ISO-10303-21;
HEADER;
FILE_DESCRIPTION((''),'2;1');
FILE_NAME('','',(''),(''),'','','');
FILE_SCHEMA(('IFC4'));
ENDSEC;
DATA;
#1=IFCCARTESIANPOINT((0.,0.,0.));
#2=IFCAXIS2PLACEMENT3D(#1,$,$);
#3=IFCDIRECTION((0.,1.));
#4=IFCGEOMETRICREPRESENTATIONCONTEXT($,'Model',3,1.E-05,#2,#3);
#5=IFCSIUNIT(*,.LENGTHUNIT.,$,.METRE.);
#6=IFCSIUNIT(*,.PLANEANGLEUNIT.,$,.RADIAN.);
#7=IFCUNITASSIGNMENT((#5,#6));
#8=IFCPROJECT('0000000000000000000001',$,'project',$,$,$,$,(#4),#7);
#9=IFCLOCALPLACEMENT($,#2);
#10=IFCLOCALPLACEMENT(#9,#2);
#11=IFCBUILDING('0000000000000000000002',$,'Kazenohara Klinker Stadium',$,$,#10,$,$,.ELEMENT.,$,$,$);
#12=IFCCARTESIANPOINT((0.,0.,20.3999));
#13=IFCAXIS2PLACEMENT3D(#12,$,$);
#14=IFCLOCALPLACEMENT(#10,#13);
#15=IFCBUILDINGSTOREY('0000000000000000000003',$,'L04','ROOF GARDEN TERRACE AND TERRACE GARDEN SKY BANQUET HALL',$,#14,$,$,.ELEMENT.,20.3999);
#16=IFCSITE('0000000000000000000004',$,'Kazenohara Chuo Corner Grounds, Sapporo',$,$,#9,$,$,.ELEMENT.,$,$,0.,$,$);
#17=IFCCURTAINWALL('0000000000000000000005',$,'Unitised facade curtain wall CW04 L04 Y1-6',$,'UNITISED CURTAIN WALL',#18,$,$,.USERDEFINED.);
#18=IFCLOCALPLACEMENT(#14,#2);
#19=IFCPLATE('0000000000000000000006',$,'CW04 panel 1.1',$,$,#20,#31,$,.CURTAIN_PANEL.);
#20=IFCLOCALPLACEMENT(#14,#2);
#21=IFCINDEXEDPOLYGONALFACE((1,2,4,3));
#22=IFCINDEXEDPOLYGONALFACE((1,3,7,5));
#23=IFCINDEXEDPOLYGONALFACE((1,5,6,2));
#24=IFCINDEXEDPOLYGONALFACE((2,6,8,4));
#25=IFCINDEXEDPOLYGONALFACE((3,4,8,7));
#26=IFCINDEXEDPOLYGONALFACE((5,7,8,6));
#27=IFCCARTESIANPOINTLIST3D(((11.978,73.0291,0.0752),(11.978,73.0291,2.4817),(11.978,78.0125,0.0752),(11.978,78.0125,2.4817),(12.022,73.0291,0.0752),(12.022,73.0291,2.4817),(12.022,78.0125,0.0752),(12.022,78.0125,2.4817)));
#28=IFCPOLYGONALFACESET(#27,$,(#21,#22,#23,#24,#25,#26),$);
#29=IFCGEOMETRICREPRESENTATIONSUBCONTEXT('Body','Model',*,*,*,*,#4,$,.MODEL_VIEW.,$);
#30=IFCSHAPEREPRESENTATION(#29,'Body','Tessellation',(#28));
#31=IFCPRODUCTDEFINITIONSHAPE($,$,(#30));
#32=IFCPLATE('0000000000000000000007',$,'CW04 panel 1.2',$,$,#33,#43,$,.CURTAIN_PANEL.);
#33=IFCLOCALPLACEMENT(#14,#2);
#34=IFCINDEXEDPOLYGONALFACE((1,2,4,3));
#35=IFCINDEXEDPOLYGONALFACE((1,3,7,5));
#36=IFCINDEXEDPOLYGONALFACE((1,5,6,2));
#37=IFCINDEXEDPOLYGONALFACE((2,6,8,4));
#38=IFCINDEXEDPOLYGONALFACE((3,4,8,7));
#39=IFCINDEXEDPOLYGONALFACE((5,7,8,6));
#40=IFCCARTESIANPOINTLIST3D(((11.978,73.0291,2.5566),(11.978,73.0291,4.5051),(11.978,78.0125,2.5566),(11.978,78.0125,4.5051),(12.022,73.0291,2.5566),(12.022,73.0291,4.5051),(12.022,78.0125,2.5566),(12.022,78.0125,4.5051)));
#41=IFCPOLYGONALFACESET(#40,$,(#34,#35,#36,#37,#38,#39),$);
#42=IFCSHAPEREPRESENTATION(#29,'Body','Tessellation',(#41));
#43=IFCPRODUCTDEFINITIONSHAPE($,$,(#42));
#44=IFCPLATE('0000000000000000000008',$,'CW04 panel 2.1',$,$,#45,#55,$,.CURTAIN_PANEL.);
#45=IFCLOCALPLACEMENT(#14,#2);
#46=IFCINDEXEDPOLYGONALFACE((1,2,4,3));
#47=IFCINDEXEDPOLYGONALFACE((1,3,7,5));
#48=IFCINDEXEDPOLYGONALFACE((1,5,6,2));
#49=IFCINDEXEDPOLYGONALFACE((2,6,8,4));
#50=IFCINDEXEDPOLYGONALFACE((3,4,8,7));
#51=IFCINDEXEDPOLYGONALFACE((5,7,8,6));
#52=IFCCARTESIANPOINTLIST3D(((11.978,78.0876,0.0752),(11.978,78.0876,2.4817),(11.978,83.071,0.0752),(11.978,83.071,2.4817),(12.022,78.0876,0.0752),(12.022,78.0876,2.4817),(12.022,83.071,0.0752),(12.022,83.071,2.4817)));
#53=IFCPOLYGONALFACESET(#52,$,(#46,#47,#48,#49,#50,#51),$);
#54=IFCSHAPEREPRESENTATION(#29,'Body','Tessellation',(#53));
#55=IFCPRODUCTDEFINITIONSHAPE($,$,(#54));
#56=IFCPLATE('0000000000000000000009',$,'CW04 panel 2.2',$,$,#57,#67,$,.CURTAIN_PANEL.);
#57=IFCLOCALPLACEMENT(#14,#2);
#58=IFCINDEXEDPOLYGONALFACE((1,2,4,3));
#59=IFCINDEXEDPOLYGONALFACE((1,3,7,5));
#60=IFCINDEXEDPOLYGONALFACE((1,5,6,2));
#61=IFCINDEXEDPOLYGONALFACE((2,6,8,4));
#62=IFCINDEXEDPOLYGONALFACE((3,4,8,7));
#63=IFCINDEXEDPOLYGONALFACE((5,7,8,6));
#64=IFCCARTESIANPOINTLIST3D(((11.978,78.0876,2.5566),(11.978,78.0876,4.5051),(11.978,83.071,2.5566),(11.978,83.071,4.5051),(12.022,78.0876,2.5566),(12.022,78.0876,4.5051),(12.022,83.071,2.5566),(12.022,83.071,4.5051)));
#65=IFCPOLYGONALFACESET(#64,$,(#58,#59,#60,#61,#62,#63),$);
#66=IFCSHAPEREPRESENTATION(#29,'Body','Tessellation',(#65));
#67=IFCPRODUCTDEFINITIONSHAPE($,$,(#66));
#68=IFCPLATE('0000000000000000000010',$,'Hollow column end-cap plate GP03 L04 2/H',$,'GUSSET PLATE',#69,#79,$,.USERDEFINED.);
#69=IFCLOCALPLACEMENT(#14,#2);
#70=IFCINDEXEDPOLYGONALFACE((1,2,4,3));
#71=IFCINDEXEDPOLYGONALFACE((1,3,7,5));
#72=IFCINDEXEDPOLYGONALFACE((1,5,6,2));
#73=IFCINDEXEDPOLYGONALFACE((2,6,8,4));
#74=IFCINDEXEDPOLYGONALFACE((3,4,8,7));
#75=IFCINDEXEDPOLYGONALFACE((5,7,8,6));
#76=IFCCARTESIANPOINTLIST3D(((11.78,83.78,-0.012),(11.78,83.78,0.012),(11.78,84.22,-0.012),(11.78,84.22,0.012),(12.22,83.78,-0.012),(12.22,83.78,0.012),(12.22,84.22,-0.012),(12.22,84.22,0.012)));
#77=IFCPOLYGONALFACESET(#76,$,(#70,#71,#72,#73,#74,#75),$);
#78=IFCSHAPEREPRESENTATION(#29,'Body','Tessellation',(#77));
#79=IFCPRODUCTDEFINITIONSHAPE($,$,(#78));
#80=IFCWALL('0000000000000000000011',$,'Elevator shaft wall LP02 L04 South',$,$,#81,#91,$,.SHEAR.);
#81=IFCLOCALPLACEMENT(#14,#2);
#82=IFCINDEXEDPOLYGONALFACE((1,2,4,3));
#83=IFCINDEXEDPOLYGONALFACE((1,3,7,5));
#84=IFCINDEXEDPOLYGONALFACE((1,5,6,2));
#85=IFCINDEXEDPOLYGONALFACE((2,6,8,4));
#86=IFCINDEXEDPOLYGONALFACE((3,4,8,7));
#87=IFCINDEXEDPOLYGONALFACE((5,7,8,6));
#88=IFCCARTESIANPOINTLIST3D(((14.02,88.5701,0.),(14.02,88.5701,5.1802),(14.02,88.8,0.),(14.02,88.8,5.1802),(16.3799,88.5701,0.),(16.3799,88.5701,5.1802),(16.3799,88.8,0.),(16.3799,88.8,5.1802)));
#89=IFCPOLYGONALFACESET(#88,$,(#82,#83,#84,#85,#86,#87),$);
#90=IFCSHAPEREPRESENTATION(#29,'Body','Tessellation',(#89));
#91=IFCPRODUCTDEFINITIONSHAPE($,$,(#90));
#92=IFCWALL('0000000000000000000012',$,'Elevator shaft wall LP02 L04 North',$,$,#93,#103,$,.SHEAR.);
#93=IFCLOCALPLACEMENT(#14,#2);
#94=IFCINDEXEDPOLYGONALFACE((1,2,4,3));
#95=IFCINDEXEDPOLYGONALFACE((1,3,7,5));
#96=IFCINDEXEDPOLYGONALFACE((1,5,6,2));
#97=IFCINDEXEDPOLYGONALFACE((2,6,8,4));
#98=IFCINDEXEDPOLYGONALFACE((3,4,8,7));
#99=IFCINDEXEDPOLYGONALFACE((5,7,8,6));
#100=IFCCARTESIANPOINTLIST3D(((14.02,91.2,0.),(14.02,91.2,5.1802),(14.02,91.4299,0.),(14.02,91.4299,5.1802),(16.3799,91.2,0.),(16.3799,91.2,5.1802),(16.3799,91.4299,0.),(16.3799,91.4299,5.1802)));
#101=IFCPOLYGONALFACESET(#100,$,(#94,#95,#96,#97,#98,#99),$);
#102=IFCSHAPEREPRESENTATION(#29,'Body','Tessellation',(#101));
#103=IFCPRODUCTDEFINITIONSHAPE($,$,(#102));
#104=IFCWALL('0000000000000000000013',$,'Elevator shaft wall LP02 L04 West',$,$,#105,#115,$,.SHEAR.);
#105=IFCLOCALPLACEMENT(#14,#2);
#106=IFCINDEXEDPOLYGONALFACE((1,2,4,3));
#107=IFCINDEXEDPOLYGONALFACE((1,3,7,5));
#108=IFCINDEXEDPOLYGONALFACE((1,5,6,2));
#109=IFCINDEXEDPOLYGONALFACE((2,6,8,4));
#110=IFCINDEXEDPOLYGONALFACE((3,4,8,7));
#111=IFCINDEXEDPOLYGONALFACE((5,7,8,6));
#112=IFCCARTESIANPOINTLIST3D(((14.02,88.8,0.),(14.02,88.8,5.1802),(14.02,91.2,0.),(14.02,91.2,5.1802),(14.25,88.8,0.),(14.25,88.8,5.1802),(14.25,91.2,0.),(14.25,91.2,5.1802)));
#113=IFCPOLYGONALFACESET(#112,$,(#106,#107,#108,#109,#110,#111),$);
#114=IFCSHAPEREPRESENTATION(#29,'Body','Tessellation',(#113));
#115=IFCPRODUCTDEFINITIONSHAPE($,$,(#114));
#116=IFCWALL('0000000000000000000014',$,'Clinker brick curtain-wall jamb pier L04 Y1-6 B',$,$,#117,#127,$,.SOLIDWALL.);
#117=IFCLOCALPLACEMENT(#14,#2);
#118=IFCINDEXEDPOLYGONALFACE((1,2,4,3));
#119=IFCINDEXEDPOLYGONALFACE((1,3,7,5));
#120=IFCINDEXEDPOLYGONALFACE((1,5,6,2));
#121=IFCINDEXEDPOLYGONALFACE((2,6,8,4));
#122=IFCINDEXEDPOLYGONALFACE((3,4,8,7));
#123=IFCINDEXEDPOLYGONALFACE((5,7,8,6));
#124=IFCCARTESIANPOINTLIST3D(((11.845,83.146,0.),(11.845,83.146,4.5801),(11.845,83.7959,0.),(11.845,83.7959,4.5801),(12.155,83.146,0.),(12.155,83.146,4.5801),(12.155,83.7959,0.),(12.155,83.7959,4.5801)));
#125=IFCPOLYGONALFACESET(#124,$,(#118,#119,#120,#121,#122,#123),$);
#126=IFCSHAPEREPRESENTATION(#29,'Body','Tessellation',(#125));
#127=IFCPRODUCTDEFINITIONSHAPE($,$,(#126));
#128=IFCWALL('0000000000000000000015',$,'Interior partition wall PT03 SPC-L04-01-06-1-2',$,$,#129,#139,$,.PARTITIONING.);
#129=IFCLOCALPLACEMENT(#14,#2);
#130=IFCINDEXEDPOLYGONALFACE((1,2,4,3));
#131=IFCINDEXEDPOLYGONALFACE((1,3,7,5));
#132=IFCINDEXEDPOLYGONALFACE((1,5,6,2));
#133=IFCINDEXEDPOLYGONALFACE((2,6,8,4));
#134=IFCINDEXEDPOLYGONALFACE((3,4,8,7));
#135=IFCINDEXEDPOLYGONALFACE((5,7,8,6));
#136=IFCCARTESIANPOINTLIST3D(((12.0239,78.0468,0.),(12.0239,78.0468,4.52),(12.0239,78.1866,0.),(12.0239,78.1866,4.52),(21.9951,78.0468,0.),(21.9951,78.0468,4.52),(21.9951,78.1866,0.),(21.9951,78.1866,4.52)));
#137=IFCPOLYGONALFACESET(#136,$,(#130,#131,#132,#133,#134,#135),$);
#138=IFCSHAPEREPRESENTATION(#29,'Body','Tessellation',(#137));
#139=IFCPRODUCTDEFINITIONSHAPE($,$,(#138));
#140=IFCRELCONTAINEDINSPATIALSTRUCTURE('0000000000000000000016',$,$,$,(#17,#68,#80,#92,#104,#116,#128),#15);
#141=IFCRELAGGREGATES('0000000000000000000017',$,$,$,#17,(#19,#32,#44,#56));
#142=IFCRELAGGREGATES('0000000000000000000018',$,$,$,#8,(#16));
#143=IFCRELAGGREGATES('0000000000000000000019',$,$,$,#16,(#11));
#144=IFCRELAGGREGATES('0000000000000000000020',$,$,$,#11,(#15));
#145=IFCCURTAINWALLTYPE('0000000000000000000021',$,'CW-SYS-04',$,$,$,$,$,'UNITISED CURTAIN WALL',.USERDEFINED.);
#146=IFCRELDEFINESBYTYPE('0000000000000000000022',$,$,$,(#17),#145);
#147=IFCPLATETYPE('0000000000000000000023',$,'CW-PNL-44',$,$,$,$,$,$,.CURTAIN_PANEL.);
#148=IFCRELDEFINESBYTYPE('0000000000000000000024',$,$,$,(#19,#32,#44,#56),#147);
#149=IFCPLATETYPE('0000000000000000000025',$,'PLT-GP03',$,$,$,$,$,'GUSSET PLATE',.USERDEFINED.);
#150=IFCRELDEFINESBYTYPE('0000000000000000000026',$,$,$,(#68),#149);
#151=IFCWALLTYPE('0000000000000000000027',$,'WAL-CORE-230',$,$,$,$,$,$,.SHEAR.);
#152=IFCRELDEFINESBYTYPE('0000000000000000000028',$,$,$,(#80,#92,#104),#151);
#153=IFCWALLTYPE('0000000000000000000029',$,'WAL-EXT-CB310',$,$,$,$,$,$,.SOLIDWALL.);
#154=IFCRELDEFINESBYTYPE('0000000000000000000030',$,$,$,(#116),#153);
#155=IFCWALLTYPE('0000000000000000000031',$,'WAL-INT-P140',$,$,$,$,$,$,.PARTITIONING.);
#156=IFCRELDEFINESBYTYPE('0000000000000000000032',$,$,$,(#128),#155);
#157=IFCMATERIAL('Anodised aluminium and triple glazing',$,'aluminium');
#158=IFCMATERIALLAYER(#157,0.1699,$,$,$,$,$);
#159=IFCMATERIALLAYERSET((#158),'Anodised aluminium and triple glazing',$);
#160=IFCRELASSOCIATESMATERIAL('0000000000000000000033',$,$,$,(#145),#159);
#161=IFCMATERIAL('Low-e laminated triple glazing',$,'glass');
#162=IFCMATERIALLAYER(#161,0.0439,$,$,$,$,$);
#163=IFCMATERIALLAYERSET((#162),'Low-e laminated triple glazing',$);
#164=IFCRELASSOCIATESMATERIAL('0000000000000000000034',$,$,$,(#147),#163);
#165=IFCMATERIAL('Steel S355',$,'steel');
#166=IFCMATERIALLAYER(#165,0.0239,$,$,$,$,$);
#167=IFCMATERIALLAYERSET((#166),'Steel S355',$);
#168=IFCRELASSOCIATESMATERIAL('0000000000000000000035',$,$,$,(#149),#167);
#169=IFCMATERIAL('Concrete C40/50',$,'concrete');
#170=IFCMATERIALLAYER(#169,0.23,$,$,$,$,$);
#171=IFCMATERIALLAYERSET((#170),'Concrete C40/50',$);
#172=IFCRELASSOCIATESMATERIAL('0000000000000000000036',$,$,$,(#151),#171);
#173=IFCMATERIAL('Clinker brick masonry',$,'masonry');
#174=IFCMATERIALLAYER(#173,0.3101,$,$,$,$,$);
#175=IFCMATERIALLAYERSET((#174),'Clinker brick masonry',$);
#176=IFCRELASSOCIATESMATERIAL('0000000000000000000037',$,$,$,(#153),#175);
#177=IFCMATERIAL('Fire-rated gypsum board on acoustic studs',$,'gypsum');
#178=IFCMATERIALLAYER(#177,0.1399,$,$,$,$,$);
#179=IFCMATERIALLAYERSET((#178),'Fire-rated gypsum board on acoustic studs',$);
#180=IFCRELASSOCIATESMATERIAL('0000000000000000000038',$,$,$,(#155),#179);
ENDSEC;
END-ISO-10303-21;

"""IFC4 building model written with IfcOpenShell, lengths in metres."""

from ifc_helpers import new_model, si_unit, direction, frame, frame_2d, origin, origin_2d, place, context, subcontext, project, spatial, rectangle, extrude, material, layer, layer_set, type_object, element, aggregate, save


model = new_model("IFC4")

# Units and contexts
model_context = context("Model", 3, precision=1e-05, world=origin(), true_north=direction((0.0, 1.0)))
body_context = subcontext(model_context, "Body", "Model", "MODEL_VIEW")
ifc_project = project(units=[si_unit("LENGTHUNIT", "METRE"), si_unit("PLANEANGLEUNIT", "RADIAN")], contexts=[model_context])

# Site, building, storey
site_placement = place(None, origin())
site = spatial("IfcSite", under=ifc_project, at=site_placement, Name="Kazenohara Chuo Corner Grounds, Sapporo", CompositionType="ELEMENT", RefElevation=0.0)
building_placement = place(site_placement, origin())
building = spatial("IfcBuilding", under=site, at=building_placement, Name="Kazenohara Klinker Stadium", CompositionType="ELEMENT")
storey_placement = place(building_placement, frame((0.0, 0.0, 20.3999)))
storey = spatial("IfcBuildingStorey", under=building, at=storey_placement, Name="L04", Description="ROOF GARDEN TERRACE AND TERRACE GARDEN SKY BANQUET HALL", CompositionType="ELEMENT", Elevation=20.3999)

# Shared definitions
ifc_material_1 = material(Name="Steel S355", Category="steel")

# Curtain wall
ifc_material_2 = material(Name="Anodised aluminium and triple glazing", Category="aluminium")
ifc_layer_1 = layer(ifc_material_2, 0.1699)
ifc_layer_set_1 = layer_set([ifc_layer_1], Name="Anodised aluminium and triple glazing")
curtain_wall_type = type_object("IfcCurtainWallType", Name="CW-SYS-04", ElementType="UNITISED CURTAIN WALL", PredefinedType="USERDEFINED", material=ifc_layer_set_1)
curtain_wall_placement = place(storey_placement, origin())
curtain_wall = element("IfcCurtainWall", 1, at=curtain_wall_placement, inside=storey, type_object=curtain_wall_type, Name="Unitised facade curtain wall CW04 L04 Y1-6", ObjectType="UNITISED CURTAIN WALL", PredefinedType="USERDEFINED")

# Plates
ifc_material_3 = material(Name="Low-e laminated triple glazing", Category="glass")
ifc_layer_2 = layer(ifc_material_3, 0.0439)
ifc_layer_set_2 = layer_set([ifc_layer_2], Name="Low-e laminated triple glazing")
plate_type_1 = type_object("IfcPlateType", Name="CW-PNL-44", PredefinedType="CURTAIN_PANEL", material=ifc_layer_set_2)
plate_1_placement = place(storey_placement, frame((12.0, 75.5208, 0.0752), z_axis=(0.0, 0.0, 1.0), x_axis=(0.0, 1.0, 0.0)))
plate_1 = element("IfcPlate", 2, at=plate_1_placement, type_object=plate_type_1, Name="CW04 panel 1.1", PredefinedType="CURTAIN_PANEL", context=body_context, shape_type="SweptSolid", body=[
    extrude(rectangle(XDim=4.9834, YDim=0.0439, at=origin_2d()), origin(), (0.0, 0.0, 1.0), 2.4065),
])
plate_2_placement = place(storey_placement, frame((12.0, 75.5208, 2.5566), z_axis=(0.0, 0.0, 1.0), x_axis=(0.0, 1.0, 0.0)))
plate_2 = element("IfcPlate", 3, at=plate_2_placement, type_object=plate_type_1, Name="CW04 panel 1.2", PredefinedType="CURTAIN_PANEL", context=body_context, shape_type="SweptSolid", body=[
    extrude(rectangle(XDim=4.9834, YDim=0.0439, at=origin_2d()), origin(), (0.0, 0.0, 1.0), 1.9485),
])
plate_3_placement = place(storey_placement, frame((12.0, 80.5793, 0.0752), z_axis=(0.0, 0.0, 1.0), x_axis=(0.0, 1.0, 0.0)))
plate_3 = element("IfcPlate", 4, at=plate_3_placement, type_object=plate_type_1, Name="CW04 panel 2.1", PredefinedType="CURTAIN_PANEL", context=body_context, shape_type="SweptSolid", body=[
    extrude(rectangle(XDim=4.9834, YDim=0.0439, at=origin_2d()), origin(), (0.0, 0.0, 1.0), 2.4065),
])
plate_4_placement = place(storey_placement, frame((12.0, 80.5793, 2.5566), z_axis=(0.0, 0.0, 1.0), x_axis=(0.0, 1.0, 0.0)))
plate_4 = element("IfcPlate", 5, at=plate_4_placement, type_object=plate_type_1, Name="CW04 panel 2.2", PredefinedType="CURTAIN_PANEL", context=body_context, shape_type="SweptSolid", body=[
    extrude(rectangle(XDim=4.9834, YDim=0.0439, at=origin_2d()), origin(), (0.0, 0.0, 1.0), 1.9485),
])
aggregate(curtain_wall, [plate_1, plate_2, plate_3, plate_4])
ifc_layer_3 = layer(ifc_material_1, 0.0239)
ifc_layer_set_3 = layer_set([ifc_layer_3], Name="Steel S355")
plate_type_2 = type_object("IfcPlateType", Name="PLT-GP03", ElementType="GUSSET PLATE", PredefinedType="USERDEFINED", material=ifc_layer_set_3)
plate_5_placement = place(storey_placement, frame((12.0, 84.0, -0.012), z_axis=(0.0, 0.0, 1.0), x_axis=(1.0, 0.0, 0.0)))
element("IfcPlate", 6, at=plate_5_placement, inside=storey, type_object=plate_type_2, Name="Hollow column end-cap plate GP03 L04 2/H", ObjectType="GUSSET PLATE", PredefinedType="USERDEFINED", context=body_context, shape_type="SweptSolid", body=[
    extrude(rectangle(XDim=0.4399, YDim=0.4399, at=origin_2d()), origin(), (0.0, 0.0, 1.0), 0.0239),
])

# Walls
ifc_material_4 = material(Name="Concrete C40/50", Category="concrete")
ifc_layer_4 = layer(ifc_material_4, 0.23)
ifc_layer_set_4 = layer_set([ifc_layer_4], Name="Concrete C40/50")
wall_type_1 = type_object("IfcWallType", Name="WAL-CORE-230", PredefinedType="SHEAR", material=ifc_layer_set_4)
for number, where, z_axis, x_axis, name in (
    (7, (14.02, 88.6851, 0.0), (0.0, 0.0, 1.0), (1.0, 0.0, 0.0), "Elevator shaft wall LP02 L04 South"),
    (8, (14.02, 91.3149, 0.0), (0.0, 0.0, 1.0), (1.0, 0.0, 0.0), "Elevator shaft wall LP02 L04 North"),
):
    element("IfcWall", number, at=place(storey_placement, frame(where, z_axis=z_axis, x_axis=x_axis)), inside=storey, type_object=wall_type_1, Name=name, PredefinedType="SHEAR", context=body_context, shape_type="SweptSolid", body=[
        extrude(rectangle(XDim=2.3599, YDim=0.23, at=frame_2d((1.1799, 0.0))), origin(), (0.0, 0.0, 1.0), 5.1802),
    ])
wall_1_placement = place(storey_placement, frame((14.135, 88.8, 0.0), z_axis=(0.0, 0.0, 1.0), x_axis=(0.0, 1.0, 0.0)))
element("IfcWall", 9, at=wall_1_placement, inside=storey, type_object=wall_type_1, Name="Elevator shaft wall LP02 L04 West", PredefinedType="SHEAR", context=body_context, shape_type="SweptSolid", body=[
    extrude(rectangle(XDim=2.3999, YDim=0.23, at=frame_2d((1.2, 0.0))), origin(), (0.0, 0.0, 1.0), 5.1802),
])

# Walls
ifc_material_5 = material(Name="Clinker brick masonry", Category="masonry")
ifc_layer_5 = layer(ifc_material_5, 0.3101)
ifc_layer_set_5 = layer_set([ifc_layer_5], Name="Clinker brick masonry")
wall_type_2 = type_object("IfcWallType", Name="WAL-EXT-CB310", PredefinedType="SOLIDWALL", material=ifc_layer_set_5)
wall_2_placement = place(storey_placement, frame((12.0, 83.146, 0.0), z_axis=(0.0, 0.0, 1.0), x_axis=(0.0, 1.0, 0.0)))
element("IfcWall", 10, at=wall_2_placement, inside=storey, type_object=wall_type_2, Name="Clinker brick curtain-wall jamb pier L04 Y1-6 B", PredefinedType="SOLIDWALL", context=body_context, shape_type="SweptSolid", body=[
    extrude(rectangle(XDim=0.6499, YDim=0.3101, at=frame_2d((0.325, 0.0))), origin(), (0.0, 0.0, 1.0), 4.5801),
])
ifc_material_6 = material(Name="Fire-rated gypsum board on acoustic studs", Category="gypsum")
ifc_layer_6 = layer(ifc_material_6, 0.1399)
ifc_layer_set_6 = layer_set([ifc_layer_6], Name="Fire-rated gypsum board on acoustic studs")
wall_type_3 = type_object("IfcWallType", Name="WAL-INT-P140", PredefinedType="PARTITIONING", material=ifc_layer_set_6)
wall_3_placement = place(storey_placement, frame((12.0239, 78.1167, 0.0), z_axis=(0.0, 0.0, 1.0), x_axis=(1.0, 0.0, 0.0)))
element("IfcWall", 11, at=wall_3_placement, inside=storey, type_object=wall_type_3, Name="Interior partition wall PT03 SPC-L04-01-06-1-2", PredefinedType="PARTITIONING", context=body_context, shape_type="SweptSolid", body=[
    extrude(rectangle(XDim=9.9712, YDim=0.1399, at=frame_2d((4.9856, 0.0))), origin(), (0.0, 0.0, 1.0), 4.52),
])

save(model, "model.ifc")
